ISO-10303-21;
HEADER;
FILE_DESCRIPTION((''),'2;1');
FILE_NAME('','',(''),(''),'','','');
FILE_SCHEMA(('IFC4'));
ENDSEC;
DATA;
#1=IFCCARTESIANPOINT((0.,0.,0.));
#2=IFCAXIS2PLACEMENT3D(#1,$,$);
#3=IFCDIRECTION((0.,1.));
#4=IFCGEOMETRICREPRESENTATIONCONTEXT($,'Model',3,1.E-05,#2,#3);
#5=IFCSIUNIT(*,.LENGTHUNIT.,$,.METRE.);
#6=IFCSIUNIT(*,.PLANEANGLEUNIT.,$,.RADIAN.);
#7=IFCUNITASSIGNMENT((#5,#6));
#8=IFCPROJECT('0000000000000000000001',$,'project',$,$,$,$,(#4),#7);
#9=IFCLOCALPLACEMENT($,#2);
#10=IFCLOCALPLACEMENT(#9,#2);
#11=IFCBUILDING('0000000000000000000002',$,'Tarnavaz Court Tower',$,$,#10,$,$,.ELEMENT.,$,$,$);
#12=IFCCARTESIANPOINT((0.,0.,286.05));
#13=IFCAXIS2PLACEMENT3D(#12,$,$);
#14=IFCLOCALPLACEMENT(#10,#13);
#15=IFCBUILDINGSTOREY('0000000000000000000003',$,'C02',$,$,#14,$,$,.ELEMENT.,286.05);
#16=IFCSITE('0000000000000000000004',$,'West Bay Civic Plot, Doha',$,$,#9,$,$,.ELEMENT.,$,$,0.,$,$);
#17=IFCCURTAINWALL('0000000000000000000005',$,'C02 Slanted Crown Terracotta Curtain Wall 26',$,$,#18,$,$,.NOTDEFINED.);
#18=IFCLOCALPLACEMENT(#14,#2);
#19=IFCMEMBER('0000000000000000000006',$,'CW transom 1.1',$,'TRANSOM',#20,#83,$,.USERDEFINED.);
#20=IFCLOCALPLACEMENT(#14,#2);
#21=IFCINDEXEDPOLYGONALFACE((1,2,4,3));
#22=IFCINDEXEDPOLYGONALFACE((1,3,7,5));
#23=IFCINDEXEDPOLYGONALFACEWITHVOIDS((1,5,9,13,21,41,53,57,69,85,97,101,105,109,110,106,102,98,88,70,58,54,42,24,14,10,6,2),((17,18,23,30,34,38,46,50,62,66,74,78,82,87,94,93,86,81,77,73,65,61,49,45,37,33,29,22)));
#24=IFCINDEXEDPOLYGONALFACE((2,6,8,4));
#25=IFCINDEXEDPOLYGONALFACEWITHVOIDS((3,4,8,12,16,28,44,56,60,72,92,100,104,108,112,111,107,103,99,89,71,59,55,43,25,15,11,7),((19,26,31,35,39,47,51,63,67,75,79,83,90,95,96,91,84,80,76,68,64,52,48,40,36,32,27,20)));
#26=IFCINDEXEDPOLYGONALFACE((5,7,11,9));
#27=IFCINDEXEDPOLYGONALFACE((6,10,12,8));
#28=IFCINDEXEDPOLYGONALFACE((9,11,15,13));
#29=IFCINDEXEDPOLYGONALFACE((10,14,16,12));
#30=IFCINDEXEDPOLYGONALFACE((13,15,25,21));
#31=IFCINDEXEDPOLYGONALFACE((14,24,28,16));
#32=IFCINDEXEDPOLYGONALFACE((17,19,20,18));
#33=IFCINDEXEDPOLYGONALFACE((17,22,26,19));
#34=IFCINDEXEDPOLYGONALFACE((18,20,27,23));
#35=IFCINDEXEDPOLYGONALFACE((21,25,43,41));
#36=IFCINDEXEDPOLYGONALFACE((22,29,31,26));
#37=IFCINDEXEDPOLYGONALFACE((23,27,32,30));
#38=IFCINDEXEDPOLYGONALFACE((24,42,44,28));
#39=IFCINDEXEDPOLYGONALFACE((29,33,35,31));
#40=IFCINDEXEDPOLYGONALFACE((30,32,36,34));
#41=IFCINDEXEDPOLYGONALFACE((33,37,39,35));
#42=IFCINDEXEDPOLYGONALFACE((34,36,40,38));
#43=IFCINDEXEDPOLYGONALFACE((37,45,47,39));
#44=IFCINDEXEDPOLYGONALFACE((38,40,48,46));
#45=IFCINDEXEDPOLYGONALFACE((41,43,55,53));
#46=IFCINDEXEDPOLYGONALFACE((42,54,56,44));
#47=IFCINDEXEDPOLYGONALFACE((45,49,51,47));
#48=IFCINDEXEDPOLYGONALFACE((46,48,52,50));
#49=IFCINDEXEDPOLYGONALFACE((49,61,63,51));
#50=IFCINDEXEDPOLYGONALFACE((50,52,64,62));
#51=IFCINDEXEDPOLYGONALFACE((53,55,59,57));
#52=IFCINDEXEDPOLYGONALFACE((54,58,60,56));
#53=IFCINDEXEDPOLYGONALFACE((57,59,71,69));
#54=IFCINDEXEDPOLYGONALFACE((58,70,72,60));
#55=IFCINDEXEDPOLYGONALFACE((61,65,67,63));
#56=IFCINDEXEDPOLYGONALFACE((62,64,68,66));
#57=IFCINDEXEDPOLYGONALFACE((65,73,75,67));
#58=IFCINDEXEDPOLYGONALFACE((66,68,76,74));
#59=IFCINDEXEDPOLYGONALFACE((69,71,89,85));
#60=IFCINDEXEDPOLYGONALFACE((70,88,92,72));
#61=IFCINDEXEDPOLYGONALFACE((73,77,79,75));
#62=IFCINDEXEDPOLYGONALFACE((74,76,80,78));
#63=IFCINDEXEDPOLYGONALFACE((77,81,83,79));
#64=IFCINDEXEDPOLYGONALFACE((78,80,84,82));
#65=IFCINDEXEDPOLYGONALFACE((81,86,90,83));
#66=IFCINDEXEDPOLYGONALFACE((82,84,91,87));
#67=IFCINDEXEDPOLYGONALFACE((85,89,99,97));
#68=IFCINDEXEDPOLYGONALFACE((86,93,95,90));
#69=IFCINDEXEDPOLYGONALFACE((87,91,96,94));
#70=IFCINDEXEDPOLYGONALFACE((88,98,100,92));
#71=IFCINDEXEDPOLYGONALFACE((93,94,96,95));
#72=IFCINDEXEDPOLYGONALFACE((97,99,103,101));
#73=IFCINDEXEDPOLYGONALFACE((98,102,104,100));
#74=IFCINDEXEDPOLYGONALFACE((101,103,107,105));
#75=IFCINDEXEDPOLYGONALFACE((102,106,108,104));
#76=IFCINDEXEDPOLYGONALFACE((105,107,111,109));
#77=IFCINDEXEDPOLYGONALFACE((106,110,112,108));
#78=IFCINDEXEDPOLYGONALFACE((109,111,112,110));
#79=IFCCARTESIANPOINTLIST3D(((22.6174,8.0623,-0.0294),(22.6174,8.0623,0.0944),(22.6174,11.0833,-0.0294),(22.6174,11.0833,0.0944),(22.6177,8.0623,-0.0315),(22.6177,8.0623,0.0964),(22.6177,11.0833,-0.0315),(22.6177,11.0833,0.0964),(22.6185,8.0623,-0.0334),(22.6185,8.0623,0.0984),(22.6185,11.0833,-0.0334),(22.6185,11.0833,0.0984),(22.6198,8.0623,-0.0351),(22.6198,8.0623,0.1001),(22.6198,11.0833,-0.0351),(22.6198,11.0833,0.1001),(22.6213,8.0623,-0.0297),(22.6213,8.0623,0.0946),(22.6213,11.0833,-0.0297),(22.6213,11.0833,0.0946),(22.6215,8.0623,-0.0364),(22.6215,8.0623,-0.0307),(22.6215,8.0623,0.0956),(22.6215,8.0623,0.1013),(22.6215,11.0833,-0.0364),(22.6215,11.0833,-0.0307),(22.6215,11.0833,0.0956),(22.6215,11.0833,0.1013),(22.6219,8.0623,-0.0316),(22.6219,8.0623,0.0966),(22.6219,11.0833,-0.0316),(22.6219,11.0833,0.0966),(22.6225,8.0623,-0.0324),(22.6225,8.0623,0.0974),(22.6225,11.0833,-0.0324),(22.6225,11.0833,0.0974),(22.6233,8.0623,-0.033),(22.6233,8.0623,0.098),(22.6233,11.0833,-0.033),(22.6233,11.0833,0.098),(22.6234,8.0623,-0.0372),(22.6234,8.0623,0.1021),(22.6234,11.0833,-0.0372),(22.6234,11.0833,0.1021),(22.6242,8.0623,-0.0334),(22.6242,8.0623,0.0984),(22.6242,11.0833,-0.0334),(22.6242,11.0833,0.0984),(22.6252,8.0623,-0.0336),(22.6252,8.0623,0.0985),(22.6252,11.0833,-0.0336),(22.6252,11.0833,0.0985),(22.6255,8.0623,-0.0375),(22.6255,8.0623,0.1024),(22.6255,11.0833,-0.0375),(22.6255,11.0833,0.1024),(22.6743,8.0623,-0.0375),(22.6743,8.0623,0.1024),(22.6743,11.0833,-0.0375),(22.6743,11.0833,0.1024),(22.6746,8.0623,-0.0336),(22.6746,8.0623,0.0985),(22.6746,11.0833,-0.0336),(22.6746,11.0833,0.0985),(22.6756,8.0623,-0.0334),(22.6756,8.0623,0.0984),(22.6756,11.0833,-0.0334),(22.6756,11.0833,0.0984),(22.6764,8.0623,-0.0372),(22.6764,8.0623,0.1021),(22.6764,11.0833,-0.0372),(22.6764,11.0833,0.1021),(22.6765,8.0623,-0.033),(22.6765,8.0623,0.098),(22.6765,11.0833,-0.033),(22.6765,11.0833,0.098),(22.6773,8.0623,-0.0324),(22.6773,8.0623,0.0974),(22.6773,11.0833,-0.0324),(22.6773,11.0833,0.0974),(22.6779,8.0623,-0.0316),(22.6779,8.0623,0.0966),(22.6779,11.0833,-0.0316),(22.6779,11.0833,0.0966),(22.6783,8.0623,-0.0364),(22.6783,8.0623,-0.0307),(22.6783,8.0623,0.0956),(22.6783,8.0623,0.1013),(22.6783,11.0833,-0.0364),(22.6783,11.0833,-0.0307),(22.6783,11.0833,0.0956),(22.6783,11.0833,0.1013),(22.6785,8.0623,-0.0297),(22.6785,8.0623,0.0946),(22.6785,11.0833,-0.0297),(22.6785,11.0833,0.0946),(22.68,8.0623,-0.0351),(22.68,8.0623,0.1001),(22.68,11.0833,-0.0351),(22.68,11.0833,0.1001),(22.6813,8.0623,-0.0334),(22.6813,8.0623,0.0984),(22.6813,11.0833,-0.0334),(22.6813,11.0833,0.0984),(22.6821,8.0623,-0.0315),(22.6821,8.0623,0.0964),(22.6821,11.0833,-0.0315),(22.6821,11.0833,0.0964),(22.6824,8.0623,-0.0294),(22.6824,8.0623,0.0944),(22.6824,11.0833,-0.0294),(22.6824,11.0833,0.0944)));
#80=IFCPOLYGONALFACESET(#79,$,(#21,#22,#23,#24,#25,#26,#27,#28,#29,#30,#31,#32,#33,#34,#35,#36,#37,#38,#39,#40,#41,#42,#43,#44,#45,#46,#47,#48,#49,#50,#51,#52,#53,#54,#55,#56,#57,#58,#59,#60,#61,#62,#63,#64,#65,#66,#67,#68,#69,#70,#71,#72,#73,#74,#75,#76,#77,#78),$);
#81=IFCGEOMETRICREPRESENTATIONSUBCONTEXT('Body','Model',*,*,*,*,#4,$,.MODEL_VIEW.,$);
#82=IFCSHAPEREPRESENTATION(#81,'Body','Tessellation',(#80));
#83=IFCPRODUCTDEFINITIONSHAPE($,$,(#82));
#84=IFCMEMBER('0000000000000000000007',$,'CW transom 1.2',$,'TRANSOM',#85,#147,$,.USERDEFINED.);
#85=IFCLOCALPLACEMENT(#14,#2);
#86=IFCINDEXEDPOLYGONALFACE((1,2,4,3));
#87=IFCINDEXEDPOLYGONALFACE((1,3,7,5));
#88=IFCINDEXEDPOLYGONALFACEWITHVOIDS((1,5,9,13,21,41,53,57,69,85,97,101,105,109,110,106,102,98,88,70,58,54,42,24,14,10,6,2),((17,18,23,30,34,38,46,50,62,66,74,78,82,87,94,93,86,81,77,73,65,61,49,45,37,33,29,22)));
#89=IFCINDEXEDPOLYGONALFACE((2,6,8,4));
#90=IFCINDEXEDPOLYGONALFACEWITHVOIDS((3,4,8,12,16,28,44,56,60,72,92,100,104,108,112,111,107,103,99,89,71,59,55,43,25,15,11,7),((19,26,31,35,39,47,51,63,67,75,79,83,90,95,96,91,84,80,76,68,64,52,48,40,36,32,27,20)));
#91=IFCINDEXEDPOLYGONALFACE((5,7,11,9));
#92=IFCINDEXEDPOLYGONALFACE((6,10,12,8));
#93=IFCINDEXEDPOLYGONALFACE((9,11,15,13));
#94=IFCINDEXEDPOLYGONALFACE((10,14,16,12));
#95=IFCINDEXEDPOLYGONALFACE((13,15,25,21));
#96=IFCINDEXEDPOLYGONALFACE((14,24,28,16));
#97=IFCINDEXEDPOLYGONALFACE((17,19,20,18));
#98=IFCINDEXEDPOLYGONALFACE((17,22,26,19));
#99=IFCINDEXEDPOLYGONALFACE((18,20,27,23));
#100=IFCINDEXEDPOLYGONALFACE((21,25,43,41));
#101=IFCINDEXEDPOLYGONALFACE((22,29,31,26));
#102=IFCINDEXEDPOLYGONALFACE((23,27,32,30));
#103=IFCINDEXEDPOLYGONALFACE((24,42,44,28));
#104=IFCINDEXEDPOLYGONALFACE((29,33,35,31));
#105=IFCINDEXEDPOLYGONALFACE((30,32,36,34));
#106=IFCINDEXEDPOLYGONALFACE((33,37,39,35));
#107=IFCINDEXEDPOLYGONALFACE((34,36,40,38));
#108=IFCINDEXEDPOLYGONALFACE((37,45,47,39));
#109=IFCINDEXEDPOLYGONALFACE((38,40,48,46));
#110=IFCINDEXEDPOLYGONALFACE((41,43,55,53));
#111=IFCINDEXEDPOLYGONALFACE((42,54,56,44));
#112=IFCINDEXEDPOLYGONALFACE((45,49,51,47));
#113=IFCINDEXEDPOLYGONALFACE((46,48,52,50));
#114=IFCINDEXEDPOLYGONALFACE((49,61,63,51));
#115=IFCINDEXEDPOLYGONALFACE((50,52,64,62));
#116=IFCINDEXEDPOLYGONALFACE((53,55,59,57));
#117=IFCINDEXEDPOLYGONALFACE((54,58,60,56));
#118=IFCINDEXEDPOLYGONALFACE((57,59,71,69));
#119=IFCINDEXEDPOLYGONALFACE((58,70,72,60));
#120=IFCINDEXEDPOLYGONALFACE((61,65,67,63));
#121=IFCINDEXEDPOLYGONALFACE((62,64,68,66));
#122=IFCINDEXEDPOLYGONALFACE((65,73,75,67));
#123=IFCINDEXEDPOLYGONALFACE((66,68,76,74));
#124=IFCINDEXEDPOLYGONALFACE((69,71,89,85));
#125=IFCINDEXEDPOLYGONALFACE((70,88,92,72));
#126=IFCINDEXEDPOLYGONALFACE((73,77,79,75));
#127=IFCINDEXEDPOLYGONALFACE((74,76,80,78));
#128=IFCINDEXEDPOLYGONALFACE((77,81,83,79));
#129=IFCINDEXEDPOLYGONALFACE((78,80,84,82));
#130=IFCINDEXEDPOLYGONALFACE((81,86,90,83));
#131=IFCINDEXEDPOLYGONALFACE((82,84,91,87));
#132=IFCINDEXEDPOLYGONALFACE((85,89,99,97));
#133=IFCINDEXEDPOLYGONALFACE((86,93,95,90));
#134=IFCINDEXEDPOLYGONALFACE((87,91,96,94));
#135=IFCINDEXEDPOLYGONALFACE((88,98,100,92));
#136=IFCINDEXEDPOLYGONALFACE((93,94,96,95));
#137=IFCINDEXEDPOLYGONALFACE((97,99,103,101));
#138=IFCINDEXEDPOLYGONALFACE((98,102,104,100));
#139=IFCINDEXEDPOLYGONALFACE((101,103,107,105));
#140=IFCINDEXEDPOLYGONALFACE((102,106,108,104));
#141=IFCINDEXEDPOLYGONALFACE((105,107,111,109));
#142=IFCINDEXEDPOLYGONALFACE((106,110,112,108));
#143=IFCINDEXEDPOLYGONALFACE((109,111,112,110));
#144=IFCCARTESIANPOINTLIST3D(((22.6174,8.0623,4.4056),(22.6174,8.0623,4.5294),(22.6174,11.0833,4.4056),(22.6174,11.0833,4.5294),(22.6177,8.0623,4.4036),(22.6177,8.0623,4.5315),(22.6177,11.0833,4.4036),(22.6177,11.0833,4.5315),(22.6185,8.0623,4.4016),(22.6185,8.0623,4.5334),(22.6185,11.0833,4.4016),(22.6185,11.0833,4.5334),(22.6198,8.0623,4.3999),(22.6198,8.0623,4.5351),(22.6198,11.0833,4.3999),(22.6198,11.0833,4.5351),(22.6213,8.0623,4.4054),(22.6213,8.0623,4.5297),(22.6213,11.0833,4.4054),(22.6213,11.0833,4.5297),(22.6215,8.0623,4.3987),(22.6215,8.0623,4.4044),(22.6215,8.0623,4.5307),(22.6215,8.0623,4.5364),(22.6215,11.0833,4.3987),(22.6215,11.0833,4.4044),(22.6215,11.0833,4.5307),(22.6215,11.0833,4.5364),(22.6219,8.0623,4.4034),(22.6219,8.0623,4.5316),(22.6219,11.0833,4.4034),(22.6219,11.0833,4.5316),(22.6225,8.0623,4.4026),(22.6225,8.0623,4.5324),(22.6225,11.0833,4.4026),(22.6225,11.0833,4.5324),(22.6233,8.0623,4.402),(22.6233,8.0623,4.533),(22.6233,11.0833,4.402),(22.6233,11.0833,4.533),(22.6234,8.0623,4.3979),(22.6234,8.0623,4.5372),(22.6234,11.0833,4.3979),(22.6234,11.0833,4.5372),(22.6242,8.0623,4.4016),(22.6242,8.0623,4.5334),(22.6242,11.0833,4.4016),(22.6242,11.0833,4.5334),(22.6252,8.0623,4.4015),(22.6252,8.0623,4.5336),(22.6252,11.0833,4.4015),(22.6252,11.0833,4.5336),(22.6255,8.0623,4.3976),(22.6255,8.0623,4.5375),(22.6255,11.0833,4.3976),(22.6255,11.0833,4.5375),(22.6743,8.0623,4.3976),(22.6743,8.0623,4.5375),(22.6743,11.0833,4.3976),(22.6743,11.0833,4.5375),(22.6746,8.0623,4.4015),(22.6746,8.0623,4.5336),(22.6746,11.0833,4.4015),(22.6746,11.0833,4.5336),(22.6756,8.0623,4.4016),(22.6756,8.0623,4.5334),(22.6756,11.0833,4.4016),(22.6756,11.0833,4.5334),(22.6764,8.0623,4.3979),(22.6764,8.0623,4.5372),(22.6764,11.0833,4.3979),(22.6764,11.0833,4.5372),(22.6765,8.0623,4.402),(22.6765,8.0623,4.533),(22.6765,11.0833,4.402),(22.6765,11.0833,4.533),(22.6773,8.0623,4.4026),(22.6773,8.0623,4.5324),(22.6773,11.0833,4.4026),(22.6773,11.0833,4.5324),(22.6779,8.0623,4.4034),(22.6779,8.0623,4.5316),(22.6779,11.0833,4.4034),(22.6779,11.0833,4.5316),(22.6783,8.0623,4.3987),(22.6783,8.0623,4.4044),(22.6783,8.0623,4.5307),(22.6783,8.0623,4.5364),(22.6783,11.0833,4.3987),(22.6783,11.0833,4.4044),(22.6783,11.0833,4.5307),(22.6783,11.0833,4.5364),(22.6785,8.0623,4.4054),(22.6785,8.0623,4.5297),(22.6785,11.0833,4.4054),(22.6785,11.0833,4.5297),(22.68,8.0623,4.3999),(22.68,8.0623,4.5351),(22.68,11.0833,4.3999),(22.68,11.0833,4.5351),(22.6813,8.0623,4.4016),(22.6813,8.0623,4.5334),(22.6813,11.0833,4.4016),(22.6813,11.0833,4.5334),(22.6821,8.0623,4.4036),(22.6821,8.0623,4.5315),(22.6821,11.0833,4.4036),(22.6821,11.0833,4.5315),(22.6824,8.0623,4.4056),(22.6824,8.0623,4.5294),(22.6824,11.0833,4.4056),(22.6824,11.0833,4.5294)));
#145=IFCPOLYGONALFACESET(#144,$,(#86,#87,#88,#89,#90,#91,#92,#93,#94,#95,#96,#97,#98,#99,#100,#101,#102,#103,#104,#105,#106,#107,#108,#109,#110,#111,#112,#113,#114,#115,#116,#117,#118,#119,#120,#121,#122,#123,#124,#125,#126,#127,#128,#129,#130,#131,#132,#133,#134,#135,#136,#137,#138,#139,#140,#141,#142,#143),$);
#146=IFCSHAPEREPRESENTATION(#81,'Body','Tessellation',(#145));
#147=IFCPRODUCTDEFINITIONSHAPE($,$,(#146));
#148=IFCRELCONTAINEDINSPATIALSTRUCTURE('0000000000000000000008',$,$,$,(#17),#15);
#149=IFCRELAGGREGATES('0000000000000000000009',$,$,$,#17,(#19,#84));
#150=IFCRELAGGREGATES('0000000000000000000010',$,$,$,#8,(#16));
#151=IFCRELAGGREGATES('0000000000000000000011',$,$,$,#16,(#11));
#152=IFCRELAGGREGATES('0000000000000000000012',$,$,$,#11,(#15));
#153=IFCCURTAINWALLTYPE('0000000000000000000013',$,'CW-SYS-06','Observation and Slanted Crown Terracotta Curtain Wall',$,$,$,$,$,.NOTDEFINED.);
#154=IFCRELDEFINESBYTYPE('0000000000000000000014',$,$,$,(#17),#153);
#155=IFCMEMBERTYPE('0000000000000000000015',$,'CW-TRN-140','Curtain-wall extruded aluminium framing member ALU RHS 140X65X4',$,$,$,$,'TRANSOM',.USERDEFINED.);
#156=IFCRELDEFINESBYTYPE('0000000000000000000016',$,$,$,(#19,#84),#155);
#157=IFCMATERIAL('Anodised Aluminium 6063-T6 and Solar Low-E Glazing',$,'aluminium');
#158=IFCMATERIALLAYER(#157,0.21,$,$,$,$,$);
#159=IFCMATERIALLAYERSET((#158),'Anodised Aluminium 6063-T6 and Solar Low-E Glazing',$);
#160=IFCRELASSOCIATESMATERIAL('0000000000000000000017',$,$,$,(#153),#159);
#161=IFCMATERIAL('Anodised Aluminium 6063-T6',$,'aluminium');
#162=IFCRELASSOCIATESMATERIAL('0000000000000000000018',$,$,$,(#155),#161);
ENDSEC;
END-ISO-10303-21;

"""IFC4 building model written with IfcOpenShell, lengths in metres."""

from ifc_helpers import new_model, si_unit, direction, frame, origin, origin_2d, place, context, subcontext, project, spatial, hollow_rectangle, extrude, material, layer, layer_set, material_profile, profile_set, type_object, element, aggregate, save


model = new_model("IFC4")

# Units and contexts
model_context = context("Model", 3, precision=1e-05, world=origin(), true_north=direction((0.0, 1.0)))
body_context = subcontext(model_context, "Body", "Model", "MODEL_VIEW")
ifc_project = project(units=[si_unit("LENGTHUNIT", "METRE"), si_unit("PLANEANGLEUNIT", "RADIAN")], contexts=[model_context])

# Site, building, storey
site_placement = place(None, origin())
site = spatial("IfcSite", under=ifc_project, at=site_placement, Name="West Bay Civic Plot, Doha", CompositionType="ELEMENT", RefElevation=0.0)
building_placement = place(site_placement, origin())
building = spatial("IfcBuilding", under=site, at=building_placement, Name="Tarnavaz Court Tower", CompositionType="ELEMENT")
storey_placement = place(building_placement, frame((0.0, 0.0, 286.05)))
storey = spatial("IfcBuildingStorey", under=building, at=storey_placement, Name="C02", CompositionType="ELEMENT", Elevation=286.05)

# Shared definitions
ifc_material_1 = material(Name="Anodised Aluminium 6063-T6 and Solar Low-E Glazing", Category="aluminium")
ifc_layer_1 = layer(ifc_material_1, 0.21)
ifc_layer_set_1 = layer_set([ifc_layer_1], Name="Anodised Aluminium 6063-T6 and Solar Low-E Glazing")
curtain_wall_type = type_object("IfcCurtainWallType", Name="CW-SYS-06", Description="Observation and Slanted Crown Terracotta Curtain Wall", PredefinedType="NOTDEFINED", material=ifc_layer_set_1)
ifc_material_2 = material(Name="Anodised Aluminium 6063-T6", Category="aluminium")

# Curtain wall
curtain_wall_1_placement = place(storey_placement, origin())
curtain_wall_1 = element("IfcCurtainWall", 1, at=curtain_wall_1_placement, inside=storey, type_object=curtain_wall_type, Name="C02 Slanted Crown Terracotta Curtain Wall 26", PredefinedType="NOTDEFINED")

# Members
ifc_material_profile_1 = material_profile(ifc_material_2, hollow_rectangle(XDim=0.0649, YDim=0.1399, WallThickness=0.0039, InnerFilletRadius=0.0039, OuterFilletRadius=0.0081, at=origin_2d()), Name="ALU RHS 140X65X4")
ifc_profile_set_1 = profile_set([ifc_material_profile_1], Name="Anodised Aluminium 6063-T6")
member_type_1 = type_object("IfcMemberType", Name="CW-TRN-140", Description="Curtain-wall extruded aluminium framing member ALU RHS 140X65X4", ElementType="TRANSOM", PredefinedType="USERDEFINED", material=ifc_profile_set_1)
member_1_placement = place(storey_placement, frame((22.6499, 11.0833, 0.0325), z_axis=(0.0, -1.0, 0.0), x_axis=(1.0, 0.0, 0.0)))
member_1 = element("IfcMember", 2, at=member_1_placement, type_object=member_type_1, Name="CW transom 1.1", ObjectType="TRANSOM", PredefinedType="USERDEFINED", context=body_context, shape_type="SweptSolid", body=[
    extrude(hollow_rectangle(XDim=0.0649, YDim=0.1399, WallThickness=0.0039, InnerFilletRadius=0.0039, OuterFilletRadius=0.0081, at=origin_2d()), origin(), (0.0, 0.0, 1.0), 3.021),
])
member_2_placement = place(storey_placement, frame((22.6499, 11.0833, 4.4675), z_axis=(0.0, -1.0, 0.0), x_axis=(1.0, 0.0, 0.0)))
member_2 = element("IfcMember", 3, at=member_2_placement, type_object=member_type_1, Name="CW transom 1.2", ObjectType="TRANSOM", PredefinedType="USERDEFINED", context=body_context, shape_type="SweptSolid", body=[
    extrude(hollow_rectangle(XDim=0.0649, YDim=0.1399, WallThickness=0.0039, InnerFilletRadius=0.0039, OuterFilletRadius=0.0081, at=origin_2d()), origin(), (0.0, 0.0, 1.0), 3.021),
])

aggregate(curtain_wall_1, [member_1, member_2])

save(model, "model.ifc")
